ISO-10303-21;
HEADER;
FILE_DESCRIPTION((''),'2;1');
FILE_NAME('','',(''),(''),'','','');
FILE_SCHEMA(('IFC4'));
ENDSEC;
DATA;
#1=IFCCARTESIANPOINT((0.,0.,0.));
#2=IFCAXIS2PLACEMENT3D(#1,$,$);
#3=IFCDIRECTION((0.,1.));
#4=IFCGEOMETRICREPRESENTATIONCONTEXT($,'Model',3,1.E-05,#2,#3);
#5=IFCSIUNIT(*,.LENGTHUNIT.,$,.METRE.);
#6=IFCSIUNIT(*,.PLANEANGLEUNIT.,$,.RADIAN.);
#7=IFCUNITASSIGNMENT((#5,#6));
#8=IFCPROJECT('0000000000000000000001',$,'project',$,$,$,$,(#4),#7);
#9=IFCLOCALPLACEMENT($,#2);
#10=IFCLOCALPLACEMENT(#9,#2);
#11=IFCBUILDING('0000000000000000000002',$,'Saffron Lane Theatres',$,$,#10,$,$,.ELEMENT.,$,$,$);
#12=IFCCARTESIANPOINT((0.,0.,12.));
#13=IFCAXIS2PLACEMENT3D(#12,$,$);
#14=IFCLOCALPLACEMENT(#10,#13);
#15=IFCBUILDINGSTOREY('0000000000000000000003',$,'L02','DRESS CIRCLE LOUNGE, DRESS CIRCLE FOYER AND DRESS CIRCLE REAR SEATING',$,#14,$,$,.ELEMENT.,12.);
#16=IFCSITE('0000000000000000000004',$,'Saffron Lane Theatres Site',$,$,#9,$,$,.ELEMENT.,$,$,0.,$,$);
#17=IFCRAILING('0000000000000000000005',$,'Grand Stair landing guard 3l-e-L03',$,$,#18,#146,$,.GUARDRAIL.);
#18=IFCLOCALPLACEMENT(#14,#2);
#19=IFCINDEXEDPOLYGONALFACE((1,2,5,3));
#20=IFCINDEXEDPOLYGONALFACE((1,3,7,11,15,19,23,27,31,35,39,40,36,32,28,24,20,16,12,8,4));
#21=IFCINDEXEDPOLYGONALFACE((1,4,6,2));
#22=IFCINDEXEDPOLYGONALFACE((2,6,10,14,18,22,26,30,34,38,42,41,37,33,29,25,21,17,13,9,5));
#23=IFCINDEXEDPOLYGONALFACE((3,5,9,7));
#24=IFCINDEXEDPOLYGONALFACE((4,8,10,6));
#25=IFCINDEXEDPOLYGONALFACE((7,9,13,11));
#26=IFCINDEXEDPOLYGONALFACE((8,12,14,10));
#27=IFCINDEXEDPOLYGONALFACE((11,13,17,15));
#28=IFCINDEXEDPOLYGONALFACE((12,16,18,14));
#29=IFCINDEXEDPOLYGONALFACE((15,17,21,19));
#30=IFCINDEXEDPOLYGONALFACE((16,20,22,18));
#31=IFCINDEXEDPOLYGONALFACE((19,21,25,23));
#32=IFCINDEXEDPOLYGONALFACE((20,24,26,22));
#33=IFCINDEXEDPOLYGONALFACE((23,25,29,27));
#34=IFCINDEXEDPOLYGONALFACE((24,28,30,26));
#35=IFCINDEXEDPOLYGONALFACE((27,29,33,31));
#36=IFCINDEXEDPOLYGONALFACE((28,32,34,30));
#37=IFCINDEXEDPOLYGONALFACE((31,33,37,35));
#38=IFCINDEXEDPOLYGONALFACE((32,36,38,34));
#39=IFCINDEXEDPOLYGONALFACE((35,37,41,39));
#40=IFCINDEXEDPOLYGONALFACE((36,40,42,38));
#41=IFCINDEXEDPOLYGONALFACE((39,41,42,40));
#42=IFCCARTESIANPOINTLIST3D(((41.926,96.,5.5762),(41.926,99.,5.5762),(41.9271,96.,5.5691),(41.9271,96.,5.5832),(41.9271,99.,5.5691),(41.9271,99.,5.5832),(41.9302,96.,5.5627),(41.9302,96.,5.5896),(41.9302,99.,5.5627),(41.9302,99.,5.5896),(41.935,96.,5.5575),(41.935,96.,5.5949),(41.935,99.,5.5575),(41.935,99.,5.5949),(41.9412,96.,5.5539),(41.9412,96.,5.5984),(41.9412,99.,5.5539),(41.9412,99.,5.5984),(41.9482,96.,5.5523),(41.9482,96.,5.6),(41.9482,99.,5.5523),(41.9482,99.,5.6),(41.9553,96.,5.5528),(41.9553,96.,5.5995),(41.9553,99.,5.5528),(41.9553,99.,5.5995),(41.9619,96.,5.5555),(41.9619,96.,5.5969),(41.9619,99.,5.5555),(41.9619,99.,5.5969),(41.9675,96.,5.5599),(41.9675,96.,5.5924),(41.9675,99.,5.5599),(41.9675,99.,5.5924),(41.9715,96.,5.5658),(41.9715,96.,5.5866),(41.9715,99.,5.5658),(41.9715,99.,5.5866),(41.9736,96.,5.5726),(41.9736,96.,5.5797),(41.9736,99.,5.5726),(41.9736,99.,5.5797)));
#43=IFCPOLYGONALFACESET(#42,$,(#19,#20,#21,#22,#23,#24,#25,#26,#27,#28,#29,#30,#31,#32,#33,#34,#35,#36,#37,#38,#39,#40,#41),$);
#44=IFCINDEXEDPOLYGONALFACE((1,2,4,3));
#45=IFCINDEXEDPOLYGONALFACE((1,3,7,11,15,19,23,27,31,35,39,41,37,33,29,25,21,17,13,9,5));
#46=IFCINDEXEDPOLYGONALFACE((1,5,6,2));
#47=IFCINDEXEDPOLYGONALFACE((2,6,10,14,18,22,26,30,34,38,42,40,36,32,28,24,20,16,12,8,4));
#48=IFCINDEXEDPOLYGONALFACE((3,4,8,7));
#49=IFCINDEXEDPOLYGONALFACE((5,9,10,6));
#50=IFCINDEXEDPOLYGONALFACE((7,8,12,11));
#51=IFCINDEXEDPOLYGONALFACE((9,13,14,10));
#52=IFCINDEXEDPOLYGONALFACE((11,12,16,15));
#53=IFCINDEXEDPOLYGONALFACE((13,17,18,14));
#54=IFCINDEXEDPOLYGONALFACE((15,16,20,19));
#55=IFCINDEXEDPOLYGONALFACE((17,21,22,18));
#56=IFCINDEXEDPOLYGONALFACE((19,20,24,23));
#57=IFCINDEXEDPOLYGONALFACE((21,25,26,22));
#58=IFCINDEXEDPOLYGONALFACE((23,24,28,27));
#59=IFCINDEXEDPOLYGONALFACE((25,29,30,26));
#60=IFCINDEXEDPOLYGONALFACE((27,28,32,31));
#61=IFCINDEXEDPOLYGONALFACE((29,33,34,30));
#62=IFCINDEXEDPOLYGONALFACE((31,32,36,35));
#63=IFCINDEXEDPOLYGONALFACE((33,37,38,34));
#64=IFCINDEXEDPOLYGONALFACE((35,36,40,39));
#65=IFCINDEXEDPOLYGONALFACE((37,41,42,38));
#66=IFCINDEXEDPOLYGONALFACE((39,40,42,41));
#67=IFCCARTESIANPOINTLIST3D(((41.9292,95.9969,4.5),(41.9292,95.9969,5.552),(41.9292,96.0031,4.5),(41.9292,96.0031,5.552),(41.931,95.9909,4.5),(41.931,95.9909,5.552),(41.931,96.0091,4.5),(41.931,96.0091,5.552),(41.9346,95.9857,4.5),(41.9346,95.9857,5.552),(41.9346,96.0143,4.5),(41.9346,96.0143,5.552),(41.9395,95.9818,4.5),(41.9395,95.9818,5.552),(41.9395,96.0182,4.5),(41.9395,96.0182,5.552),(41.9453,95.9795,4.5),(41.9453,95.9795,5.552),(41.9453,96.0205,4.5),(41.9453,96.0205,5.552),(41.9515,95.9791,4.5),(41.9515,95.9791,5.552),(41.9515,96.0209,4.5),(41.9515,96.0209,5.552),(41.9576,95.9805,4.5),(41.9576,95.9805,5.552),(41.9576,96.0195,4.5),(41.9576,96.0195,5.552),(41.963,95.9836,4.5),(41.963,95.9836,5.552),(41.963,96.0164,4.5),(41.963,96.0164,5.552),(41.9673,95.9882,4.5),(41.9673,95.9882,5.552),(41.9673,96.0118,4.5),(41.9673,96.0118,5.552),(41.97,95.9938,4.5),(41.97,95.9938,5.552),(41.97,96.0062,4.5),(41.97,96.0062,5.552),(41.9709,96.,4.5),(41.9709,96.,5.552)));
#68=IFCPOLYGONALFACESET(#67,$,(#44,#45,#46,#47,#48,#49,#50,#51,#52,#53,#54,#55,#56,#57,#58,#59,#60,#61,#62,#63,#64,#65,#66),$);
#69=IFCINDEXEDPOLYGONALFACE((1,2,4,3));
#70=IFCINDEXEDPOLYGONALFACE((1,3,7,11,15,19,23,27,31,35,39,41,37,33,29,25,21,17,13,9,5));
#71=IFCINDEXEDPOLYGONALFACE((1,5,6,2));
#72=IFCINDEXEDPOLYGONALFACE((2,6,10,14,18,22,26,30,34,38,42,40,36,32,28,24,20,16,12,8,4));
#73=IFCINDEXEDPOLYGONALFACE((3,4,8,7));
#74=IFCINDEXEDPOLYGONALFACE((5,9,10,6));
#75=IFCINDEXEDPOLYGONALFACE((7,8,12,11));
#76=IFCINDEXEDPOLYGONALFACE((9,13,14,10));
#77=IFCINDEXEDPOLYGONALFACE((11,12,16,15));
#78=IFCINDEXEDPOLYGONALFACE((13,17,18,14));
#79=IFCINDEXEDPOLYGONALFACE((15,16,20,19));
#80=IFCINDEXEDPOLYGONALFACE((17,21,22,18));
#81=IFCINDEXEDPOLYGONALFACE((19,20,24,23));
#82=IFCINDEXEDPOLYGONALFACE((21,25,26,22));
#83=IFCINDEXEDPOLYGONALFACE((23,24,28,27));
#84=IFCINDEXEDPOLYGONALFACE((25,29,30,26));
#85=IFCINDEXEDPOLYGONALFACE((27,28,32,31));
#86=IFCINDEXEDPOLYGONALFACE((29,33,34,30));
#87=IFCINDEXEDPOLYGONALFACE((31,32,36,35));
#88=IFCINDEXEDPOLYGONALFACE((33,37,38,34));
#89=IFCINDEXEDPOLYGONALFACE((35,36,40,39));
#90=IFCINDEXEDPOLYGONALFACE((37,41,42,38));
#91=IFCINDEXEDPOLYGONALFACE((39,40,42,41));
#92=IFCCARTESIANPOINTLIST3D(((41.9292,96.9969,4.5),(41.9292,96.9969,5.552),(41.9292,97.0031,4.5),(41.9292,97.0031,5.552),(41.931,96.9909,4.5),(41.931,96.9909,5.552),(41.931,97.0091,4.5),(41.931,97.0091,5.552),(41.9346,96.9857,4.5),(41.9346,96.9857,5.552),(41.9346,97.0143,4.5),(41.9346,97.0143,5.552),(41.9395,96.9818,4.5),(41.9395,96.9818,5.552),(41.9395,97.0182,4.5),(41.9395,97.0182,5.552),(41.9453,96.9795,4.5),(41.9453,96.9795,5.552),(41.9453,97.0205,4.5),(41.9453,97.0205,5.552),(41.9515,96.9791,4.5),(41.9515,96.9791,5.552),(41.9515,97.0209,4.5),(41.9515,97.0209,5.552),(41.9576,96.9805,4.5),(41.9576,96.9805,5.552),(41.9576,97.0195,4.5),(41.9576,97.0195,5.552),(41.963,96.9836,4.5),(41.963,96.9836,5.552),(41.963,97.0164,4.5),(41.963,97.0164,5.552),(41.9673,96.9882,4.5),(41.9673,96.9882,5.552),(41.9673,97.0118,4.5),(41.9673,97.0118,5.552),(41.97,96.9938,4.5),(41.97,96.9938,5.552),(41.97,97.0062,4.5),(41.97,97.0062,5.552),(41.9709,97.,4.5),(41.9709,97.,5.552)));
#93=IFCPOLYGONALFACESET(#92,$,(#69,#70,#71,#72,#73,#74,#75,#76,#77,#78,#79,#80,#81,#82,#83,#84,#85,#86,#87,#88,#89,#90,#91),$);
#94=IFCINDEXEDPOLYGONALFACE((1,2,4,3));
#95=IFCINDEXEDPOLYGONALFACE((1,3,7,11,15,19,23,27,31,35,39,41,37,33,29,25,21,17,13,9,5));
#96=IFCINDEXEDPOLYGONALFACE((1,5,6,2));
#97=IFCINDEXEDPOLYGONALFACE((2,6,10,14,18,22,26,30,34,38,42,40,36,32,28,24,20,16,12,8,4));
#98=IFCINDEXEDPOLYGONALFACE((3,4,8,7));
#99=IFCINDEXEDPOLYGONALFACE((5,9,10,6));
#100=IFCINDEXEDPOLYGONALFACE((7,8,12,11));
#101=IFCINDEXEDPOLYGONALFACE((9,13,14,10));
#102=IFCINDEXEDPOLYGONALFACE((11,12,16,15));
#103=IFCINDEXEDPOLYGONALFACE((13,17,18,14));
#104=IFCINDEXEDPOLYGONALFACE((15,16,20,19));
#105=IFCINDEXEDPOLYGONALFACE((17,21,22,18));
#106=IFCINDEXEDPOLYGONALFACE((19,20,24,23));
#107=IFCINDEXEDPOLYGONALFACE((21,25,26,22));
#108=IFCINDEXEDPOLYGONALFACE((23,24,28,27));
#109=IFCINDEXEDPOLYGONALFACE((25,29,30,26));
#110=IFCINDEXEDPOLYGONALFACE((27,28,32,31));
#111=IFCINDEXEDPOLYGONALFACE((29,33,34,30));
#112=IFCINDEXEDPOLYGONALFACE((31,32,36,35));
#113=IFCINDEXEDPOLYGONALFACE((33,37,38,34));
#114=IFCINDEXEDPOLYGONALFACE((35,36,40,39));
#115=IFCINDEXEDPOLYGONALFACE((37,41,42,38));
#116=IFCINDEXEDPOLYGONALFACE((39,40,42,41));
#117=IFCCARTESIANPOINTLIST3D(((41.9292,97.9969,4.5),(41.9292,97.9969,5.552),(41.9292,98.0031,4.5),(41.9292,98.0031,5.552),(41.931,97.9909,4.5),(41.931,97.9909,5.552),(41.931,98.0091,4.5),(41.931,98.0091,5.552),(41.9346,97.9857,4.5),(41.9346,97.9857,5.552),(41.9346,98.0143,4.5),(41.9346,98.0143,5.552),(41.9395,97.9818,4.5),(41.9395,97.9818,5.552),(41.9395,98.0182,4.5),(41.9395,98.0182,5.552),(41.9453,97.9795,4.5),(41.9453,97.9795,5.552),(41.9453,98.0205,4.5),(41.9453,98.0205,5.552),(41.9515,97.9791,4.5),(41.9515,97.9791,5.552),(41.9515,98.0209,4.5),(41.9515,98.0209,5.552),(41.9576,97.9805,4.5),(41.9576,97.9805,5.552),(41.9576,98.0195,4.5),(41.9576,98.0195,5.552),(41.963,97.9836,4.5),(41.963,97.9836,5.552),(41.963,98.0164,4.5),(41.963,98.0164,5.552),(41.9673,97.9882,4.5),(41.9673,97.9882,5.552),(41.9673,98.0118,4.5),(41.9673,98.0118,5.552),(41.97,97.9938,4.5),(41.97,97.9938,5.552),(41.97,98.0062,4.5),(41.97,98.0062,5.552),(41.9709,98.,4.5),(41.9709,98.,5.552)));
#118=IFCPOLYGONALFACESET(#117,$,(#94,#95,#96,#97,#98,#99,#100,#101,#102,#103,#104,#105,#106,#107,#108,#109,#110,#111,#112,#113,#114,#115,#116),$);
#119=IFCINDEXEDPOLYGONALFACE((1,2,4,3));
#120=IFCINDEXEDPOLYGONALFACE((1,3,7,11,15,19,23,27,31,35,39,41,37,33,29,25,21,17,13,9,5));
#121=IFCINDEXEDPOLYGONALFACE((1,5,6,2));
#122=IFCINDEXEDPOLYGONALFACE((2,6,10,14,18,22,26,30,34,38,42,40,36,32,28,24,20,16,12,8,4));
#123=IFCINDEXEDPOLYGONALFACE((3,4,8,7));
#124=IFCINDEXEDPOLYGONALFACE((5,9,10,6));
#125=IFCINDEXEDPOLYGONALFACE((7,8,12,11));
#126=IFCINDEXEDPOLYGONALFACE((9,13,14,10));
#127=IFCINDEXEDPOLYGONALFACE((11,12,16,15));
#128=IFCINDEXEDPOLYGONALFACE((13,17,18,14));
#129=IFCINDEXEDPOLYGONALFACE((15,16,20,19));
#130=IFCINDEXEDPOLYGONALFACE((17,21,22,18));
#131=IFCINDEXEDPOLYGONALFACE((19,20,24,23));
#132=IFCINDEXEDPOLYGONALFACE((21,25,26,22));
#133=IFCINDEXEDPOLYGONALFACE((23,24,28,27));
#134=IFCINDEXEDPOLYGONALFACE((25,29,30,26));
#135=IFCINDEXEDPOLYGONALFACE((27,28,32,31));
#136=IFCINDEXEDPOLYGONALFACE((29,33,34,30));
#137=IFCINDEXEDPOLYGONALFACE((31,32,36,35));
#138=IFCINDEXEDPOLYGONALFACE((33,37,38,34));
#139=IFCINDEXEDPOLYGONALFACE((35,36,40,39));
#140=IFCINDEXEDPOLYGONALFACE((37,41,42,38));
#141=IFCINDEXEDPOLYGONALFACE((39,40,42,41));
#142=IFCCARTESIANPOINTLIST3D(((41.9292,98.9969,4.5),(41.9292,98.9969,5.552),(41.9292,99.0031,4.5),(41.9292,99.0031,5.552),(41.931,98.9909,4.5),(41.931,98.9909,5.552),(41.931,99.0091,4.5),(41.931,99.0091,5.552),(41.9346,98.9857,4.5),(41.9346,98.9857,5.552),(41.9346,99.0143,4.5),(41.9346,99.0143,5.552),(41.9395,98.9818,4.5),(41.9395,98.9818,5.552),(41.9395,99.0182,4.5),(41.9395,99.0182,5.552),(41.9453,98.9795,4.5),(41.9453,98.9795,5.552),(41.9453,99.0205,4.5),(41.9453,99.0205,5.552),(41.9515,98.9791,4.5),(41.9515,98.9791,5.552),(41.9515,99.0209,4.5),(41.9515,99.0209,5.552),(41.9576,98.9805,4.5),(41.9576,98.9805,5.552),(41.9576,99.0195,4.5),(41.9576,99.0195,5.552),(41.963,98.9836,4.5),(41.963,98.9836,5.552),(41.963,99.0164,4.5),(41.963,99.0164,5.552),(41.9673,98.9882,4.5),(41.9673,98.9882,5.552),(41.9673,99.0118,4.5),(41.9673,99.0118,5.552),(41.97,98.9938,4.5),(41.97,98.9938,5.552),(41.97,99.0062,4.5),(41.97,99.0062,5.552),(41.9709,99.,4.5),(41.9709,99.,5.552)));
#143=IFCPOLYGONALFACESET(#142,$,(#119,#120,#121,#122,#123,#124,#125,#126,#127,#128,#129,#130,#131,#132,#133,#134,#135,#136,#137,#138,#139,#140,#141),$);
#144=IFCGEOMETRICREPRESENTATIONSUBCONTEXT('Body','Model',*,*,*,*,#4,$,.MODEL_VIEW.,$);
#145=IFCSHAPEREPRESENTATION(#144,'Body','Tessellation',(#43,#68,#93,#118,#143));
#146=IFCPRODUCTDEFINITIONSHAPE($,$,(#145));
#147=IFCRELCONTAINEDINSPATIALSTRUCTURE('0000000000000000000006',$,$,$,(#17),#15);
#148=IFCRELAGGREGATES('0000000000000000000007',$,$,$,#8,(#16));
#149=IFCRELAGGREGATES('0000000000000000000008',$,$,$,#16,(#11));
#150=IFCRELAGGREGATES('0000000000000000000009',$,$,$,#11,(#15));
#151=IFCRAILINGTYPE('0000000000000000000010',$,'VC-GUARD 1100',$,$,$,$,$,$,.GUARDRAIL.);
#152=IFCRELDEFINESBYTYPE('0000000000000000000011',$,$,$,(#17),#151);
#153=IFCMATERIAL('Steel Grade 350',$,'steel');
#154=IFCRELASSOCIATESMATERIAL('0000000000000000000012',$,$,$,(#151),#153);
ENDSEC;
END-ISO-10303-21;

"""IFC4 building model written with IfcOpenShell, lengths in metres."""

from ifc_helpers import new_model, si_unit, direction, frame, origin, origin_2d, place, context, subcontext, project, spatial, circle, extrude, material, type_object, element, save


model = new_model("IFC4")

# Units and contexts
model_context = context("Model", 3, precision=1e-05, world=origin(), true_north=direction((0.0, 1.0)))
body_context = subcontext(model_context, "Body", "Model", "MODEL_VIEW")
ifc_project = project(units=[si_unit("LENGTHUNIT", "METRE"), si_unit("PLANEANGLEUNIT", "RADIAN")], contexts=[model_context])

# Site, building, storey
site_placement = place(None, origin())
site = spatial("IfcSite", under=ifc_project, at=site_placement, Name="Saffron Lane Theatres Site", CompositionType="ELEMENT", RefElevation=0.0)
building_placement = place(site_placement, origin())
building = spatial("IfcBuilding", under=site, at=building_placement, Name="Saffron Lane Theatres", CompositionType="ELEMENT")
storey_placement = place(building_placement, frame((0.0, 0.0, 12.0)))
storey = spatial("IfcBuildingStorey", under=building, at=storey_placement, Name="L02", Description="DRESS CIRCLE LOUNGE, DRESS CIRCLE FOYER AND DRESS CIRCLE REAR SEATING", CompositionType="ELEMENT", Elevation=12.0)

# Railing
ifc_material_1 = material(Name="Steel Grade 350", Category="steel")
railing_type_1 = type_object("IfcRailingType", Name="VC-GUARD 1100", PredefinedType="GUARDRAIL", material=ifc_material_1)
for number, where, name in (
    (1, (41.95, 96.0, 4.5), "Grand Stair landing guard 3l-e-L03"),
):
    element("IfcRailing", number, at=place(storey_placement, frame(where)), inside=storey, type_object=railing_type_1, Name=name, PredefinedType="GUARDRAIL", context=body_context, shape_type="SweptSolid", body=[
        extrude(circle(Radius=0.0239, at=origin_2d()), frame((0.0, 0.0, 1.0762), z_axis=(0.0, 1.0, 0.0), x_axis=(-1.0, 0.0, 0.0)), (0.0, 0.0, 1.0), 3.0),
        extrude(circle(Radius=0.021, at=origin_2d()), origin(), (0.0, 0.0, 1.0), 1.052),
        extrude(circle(Radius=0.021, at=origin_2d()), frame((0.0, 1.0, 0.0)), (0.0, 0.0, 1.0), 1.052),
        extrude(circle(Radius=0.021, at=origin_2d()), frame((0.0, 2.0, 0.0)), (0.0, 0.0, 1.0), 1.052),
        extrude(circle(Radius=0.021, at=origin_2d()), frame((0.0, 3.0, 0.0)), (0.0, 0.0, 1.0), 1.052),
    ])

save(model, "model.ifc")
